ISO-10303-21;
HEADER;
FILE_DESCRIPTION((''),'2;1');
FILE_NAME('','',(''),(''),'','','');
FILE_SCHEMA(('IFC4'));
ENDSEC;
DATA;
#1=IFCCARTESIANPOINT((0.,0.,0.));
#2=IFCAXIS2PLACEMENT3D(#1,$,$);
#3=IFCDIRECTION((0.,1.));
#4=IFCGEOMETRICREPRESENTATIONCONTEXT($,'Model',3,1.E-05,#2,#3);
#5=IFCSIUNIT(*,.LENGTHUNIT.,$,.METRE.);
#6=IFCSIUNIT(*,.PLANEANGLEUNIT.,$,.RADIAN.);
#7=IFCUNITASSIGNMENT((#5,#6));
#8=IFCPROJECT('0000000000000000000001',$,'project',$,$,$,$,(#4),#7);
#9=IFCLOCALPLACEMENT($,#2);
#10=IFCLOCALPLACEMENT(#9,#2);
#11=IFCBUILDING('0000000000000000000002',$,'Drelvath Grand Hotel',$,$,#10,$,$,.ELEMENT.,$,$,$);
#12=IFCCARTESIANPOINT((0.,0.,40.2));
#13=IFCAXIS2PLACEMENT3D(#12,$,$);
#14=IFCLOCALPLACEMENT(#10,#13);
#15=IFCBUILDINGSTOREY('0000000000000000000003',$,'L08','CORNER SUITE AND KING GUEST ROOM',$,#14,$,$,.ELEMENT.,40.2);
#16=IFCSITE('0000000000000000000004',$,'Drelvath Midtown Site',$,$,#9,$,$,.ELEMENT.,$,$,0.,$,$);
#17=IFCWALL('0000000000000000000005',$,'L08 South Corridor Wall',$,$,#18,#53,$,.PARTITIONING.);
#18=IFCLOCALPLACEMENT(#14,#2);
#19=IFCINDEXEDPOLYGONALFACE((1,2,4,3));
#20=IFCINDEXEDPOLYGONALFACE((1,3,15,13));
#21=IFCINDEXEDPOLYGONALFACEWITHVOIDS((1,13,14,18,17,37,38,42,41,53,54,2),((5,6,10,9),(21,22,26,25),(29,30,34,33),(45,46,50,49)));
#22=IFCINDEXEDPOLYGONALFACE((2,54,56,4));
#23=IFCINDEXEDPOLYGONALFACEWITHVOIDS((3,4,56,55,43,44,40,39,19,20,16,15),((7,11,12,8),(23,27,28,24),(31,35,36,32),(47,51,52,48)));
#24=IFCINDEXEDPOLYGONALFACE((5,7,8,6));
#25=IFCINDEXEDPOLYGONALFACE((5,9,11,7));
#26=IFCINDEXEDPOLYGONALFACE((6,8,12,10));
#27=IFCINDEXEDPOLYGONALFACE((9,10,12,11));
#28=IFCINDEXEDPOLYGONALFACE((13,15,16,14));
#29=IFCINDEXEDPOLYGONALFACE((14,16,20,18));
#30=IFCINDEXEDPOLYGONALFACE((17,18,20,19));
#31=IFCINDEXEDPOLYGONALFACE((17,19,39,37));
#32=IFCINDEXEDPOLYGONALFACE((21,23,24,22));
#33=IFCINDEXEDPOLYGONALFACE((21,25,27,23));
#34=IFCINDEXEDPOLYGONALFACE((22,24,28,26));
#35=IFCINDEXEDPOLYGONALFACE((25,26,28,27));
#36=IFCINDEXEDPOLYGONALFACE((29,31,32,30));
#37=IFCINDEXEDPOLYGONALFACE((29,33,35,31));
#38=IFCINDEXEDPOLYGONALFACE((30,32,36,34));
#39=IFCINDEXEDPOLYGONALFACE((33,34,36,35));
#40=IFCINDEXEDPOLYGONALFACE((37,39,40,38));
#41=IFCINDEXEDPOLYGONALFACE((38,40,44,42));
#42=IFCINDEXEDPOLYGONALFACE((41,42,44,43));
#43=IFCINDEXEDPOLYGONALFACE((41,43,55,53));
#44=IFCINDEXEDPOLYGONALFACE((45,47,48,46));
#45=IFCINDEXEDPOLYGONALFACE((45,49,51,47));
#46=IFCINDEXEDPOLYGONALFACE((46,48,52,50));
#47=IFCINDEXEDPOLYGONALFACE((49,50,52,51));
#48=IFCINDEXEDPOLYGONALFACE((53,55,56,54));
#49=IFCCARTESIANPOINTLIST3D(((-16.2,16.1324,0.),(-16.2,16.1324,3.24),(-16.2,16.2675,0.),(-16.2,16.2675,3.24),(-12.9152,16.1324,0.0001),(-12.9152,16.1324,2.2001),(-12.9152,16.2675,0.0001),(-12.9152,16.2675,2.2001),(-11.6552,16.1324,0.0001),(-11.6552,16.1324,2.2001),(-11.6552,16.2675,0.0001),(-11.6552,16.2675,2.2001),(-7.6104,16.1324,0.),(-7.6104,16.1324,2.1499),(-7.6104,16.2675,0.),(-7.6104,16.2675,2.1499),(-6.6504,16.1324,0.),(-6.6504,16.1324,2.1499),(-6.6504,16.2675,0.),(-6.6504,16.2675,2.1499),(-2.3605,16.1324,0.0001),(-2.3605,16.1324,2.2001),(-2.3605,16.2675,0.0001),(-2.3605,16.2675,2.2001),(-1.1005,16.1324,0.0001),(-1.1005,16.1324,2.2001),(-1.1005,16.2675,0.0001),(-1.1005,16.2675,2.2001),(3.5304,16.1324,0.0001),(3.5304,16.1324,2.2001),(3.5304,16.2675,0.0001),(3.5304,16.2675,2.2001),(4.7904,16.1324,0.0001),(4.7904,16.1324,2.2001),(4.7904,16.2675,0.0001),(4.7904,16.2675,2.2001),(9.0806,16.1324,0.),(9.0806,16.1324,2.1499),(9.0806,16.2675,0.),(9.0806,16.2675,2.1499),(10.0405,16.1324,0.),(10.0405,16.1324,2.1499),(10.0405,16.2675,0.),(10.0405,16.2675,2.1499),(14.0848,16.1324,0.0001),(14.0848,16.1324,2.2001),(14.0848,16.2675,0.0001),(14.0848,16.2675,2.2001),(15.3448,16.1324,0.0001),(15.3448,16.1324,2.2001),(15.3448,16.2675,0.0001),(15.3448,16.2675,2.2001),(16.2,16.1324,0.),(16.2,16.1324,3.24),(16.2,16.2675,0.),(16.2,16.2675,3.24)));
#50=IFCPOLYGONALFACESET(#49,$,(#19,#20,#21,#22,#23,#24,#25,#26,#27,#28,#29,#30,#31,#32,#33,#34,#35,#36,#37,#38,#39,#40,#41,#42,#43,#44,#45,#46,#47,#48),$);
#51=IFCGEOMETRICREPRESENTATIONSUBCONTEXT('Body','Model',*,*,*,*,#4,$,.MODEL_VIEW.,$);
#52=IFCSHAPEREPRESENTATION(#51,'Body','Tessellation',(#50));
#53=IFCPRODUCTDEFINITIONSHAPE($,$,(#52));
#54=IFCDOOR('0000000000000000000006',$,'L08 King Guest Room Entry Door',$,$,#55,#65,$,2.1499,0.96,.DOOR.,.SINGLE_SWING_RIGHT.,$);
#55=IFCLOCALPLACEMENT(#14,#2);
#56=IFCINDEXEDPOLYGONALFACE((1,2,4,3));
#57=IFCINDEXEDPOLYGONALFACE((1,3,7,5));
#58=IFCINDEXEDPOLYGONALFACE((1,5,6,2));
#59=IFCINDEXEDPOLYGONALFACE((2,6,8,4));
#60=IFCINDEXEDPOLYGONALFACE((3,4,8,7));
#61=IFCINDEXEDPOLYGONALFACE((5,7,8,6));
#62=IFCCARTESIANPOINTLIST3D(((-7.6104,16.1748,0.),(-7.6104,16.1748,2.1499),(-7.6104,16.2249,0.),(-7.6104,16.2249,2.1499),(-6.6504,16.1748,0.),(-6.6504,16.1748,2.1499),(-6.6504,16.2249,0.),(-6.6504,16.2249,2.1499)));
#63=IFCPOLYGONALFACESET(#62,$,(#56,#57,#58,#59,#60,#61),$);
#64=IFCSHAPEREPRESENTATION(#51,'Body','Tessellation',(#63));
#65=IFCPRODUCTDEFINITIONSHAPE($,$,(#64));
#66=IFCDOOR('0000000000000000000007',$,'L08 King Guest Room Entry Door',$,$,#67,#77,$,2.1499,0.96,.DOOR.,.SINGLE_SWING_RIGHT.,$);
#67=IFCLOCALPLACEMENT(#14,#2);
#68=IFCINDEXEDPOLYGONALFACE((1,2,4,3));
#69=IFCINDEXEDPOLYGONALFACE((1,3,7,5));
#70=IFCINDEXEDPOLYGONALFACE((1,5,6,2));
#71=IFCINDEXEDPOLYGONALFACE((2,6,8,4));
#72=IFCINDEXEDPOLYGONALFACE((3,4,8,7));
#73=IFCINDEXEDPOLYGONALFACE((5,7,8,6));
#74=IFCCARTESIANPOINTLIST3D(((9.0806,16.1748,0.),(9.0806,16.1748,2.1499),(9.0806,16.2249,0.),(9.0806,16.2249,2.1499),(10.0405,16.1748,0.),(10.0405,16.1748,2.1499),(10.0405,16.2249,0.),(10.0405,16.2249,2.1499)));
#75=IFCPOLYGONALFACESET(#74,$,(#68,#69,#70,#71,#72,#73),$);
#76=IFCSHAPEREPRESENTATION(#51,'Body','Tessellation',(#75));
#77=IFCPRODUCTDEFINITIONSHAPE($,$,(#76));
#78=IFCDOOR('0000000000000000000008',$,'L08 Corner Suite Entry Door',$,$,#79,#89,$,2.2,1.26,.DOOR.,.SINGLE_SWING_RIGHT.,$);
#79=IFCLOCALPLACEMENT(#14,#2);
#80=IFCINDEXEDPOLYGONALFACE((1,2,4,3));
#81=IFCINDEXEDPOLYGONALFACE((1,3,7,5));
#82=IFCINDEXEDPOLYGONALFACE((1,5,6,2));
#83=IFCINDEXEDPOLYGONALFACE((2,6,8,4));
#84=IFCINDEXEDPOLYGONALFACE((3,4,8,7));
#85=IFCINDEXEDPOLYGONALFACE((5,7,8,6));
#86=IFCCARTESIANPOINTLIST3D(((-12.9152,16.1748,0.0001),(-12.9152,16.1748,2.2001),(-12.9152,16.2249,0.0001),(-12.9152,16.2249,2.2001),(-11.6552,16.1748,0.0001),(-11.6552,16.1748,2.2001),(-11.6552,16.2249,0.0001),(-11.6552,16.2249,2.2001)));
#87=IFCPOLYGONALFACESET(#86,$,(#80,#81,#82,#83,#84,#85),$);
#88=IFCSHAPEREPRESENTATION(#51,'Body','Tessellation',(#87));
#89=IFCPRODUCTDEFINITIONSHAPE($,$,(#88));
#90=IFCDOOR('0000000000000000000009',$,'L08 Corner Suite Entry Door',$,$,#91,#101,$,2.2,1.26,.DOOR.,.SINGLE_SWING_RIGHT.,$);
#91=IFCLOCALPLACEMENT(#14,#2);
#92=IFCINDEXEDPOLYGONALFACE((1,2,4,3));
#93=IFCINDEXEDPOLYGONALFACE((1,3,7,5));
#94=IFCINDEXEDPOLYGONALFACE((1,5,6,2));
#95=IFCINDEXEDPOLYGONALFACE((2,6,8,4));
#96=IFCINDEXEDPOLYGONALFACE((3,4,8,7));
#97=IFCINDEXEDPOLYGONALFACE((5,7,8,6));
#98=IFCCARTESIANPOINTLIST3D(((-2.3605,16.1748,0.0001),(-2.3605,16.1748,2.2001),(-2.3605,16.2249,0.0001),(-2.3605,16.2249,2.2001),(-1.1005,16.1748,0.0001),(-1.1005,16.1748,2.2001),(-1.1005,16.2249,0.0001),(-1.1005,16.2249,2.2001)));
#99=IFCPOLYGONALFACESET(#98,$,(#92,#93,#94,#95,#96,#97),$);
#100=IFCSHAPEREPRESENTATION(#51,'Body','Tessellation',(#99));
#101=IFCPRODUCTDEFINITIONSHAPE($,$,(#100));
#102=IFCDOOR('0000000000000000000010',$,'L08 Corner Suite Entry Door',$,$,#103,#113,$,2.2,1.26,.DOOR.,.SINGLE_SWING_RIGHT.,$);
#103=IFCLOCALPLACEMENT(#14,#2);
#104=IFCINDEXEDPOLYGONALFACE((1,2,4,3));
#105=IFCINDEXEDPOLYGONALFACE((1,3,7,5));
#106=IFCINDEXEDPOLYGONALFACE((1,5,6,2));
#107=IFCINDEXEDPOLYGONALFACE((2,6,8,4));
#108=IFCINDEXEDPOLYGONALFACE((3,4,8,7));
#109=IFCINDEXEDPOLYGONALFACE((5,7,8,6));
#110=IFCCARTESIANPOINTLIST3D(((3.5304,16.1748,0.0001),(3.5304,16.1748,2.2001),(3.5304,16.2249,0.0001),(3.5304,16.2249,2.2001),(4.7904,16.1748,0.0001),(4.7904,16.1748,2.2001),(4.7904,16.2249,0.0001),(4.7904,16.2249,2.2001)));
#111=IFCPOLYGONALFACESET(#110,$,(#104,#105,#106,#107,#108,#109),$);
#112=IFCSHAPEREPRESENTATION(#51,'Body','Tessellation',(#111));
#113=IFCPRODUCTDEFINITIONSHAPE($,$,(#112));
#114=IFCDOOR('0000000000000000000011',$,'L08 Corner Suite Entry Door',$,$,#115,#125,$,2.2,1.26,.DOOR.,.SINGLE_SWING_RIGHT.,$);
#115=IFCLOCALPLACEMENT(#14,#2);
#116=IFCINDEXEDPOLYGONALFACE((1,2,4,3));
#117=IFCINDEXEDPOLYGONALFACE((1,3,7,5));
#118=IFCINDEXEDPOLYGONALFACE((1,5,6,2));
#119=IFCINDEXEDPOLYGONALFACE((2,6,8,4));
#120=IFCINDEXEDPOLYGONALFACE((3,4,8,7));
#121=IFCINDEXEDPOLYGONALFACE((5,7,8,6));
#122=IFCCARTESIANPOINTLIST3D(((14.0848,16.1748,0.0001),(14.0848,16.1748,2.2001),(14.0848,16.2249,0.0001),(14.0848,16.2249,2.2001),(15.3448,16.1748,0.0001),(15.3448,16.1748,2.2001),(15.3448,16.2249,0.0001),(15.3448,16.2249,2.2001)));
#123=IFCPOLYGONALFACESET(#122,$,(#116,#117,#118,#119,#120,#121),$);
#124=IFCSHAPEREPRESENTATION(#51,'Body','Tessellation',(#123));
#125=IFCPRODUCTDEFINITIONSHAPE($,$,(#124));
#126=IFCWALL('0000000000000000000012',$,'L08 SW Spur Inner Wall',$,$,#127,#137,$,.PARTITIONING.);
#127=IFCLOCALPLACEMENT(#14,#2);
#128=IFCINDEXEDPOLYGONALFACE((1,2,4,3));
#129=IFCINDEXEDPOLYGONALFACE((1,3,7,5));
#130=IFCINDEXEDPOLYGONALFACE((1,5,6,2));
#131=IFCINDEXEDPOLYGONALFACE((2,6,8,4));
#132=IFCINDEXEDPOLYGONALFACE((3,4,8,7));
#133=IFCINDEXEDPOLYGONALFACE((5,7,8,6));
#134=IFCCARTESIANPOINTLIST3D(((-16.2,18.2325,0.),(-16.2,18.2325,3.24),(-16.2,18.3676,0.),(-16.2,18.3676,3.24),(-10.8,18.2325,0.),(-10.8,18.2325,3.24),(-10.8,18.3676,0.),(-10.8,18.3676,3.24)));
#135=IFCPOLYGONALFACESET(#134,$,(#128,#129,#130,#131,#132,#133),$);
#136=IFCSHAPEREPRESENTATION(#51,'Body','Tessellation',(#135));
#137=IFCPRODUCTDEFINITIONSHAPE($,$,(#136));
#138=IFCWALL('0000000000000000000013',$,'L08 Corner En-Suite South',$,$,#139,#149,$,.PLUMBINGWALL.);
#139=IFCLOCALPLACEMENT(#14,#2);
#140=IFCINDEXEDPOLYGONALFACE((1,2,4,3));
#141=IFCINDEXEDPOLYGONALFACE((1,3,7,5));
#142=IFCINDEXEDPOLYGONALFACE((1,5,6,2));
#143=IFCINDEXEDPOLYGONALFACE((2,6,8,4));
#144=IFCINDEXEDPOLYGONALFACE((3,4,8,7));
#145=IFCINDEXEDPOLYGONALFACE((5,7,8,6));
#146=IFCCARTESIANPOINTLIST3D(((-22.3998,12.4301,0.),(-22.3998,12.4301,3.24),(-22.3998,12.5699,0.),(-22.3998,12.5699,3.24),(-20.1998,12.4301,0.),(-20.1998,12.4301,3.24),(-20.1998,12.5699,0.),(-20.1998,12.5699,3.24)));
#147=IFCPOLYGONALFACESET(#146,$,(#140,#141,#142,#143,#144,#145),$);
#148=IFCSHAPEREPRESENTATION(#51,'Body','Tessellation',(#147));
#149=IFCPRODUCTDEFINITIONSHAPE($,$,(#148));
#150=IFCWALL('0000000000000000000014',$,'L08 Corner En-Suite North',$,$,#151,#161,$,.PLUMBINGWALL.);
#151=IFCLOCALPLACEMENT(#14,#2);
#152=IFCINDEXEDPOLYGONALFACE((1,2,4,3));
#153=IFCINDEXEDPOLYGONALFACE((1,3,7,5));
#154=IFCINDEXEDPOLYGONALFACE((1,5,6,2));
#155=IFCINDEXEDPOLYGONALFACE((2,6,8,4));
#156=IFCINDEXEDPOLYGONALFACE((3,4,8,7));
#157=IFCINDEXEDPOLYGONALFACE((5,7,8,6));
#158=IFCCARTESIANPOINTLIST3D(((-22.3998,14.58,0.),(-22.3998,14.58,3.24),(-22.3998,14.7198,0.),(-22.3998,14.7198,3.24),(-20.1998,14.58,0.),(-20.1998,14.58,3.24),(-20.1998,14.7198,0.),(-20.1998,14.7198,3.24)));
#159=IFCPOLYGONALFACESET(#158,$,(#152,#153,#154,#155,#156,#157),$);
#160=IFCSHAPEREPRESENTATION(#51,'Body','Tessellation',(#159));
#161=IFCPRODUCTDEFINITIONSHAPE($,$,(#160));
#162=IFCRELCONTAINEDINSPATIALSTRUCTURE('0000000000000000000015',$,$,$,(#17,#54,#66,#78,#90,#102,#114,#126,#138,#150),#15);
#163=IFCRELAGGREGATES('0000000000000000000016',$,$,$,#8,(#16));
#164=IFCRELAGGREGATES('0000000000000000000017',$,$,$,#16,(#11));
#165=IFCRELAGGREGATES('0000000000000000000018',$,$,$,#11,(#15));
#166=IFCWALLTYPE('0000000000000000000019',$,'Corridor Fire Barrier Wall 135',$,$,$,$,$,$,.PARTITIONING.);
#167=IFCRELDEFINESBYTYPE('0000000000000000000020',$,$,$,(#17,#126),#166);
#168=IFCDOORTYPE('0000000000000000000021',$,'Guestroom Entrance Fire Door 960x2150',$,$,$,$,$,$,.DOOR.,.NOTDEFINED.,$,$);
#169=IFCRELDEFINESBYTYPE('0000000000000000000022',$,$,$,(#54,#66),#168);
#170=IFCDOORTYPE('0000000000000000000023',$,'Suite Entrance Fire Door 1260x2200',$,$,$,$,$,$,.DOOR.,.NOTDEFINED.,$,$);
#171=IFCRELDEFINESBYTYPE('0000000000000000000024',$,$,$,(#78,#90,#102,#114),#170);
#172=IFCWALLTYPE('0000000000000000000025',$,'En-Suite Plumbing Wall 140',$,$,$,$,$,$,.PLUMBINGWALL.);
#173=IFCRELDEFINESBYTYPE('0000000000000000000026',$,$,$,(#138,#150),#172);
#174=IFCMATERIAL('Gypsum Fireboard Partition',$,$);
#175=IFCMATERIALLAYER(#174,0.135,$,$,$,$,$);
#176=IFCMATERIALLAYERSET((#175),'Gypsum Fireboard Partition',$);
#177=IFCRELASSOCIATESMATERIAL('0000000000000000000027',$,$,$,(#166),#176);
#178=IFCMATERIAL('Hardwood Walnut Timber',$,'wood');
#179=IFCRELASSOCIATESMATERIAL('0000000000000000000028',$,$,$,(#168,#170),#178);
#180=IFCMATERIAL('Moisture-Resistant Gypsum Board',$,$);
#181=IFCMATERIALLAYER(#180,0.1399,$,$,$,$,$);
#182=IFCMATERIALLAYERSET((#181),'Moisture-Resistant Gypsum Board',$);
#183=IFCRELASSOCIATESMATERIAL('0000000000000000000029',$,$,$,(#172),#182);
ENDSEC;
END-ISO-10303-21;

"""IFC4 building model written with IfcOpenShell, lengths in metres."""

from ifc_helpers import new_model, si_unit, direction, frame, frame_2d, origin, place, context, subcontext, project, spatial, rectangle, extrude, material, layer, layer_set, type_object, element, fill, save


model = new_model("IFC4")

# Units and contexts
model_context = context("Model", 3, precision=1e-05, world=origin(), true_north=direction((0.0, 1.0)))
body_context = subcontext(model_context, "Body", "Model", "MODEL_VIEW")
ifc_project = project(units=[si_unit("LENGTHUNIT", "METRE"), si_unit("PLANEANGLEUNIT", "RADIAN")], contexts=[model_context])

# Site, building, storey
site_placement = place(None, origin())
site = spatial("IfcSite", under=ifc_project, at=site_placement, Name="Drelvath Midtown Site", CompositionType="ELEMENT", RefElevation=0.0)
building_placement = place(site_placement, origin())
building = spatial("IfcBuilding", under=site, at=building_placement, Name="Drelvath Grand Hotel", CompositionType="ELEMENT")
storey_placement = place(building_placement, frame((0.0, 0.0, 40.2)))
storey = spatial("IfcBuildingStorey", under=building, at=storey_placement, Name="L08", Description="CORNER SUITE AND KING GUEST ROOM", CompositionType="ELEMENT", Elevation=40.2)

# Wall, openings, doors
ifc_material_1 = material(Name="Gypsum Fireboard Partition")
ifc_layer_1 = layer(ifc_material_1, 0.135)
ifc_layer_set_1 = layer_set([ifc_layer_1], Name="Gypsum Fireboard Partition")
wall_type_1 = type_object("IfcWallType", Name="Corridor Fire Barrier Wall 135", PredefinedType="PARTITIONING", material=ifc_layer_set_1)
wall_1_placement = place(storey_placement, frame((-16.2, 16.2, 0.0), z_axis=(0.0, 0.0, 1.0), x_axis=(1.0, 0.0, 0.0)))
wall_1 = element("IfcWall", 1, at=wall_1_placement, inside=storey, type_object=wall_type_1, Name="L08 South Corridor Wall", PredefinedType="PARTITIONING", context=body_context, shape_type="SweptSolid", body=[
    extrude(rectangle(XDim=32.3999, YDim=0.135, at=frame_2d((16.2, 0.0))), origin(), (0.0, 0.0, 1.0), 3.24),
])
opening_1_placement = place(wall_1_placement, frame((3.2849, 0.0, 0.0)))
opening_1 = element("IfcOpeningElement", 2, at=opening_1_placement, cuts=wall_1, PredefinedType="OPENING", context=body_context, shape_type="SweptSolid", body=[
    extrude(rectangle(XDim=1.26, YDim=2.2, at=frame_2d((0.6299, 1.1001))), frame((0.0, 0.0774, 0.0), z_axis=(0.0, -1.0, 0.0), x_axis=(1.0, 0.0, 0.0)), (0.0, 0.0, 1.0), 0.155),
])
opening_2_placement = place(wall_1_placement, frame((8.5896, 0.0, 0.0)))
opening_2 = element("IfcOpeningElement", 3, at=opening_2_placement, cuts=wall_1, PredefinedType="OPENING", context=body_context, shape_type="SweptSolid", body=[
    extrude(rectangle(XDim=0.96, YDim=2.1499, at=frame_2d((0.48, 1.075))), frame((0.0, 0.0774, 0.0), z_axis=(0.0, -1.0, 0.0), x_axis=(1.0, 0.0, 0.0)), (0.0, 0.0, 1.0), 0.155),
])
opening_3_placement = place(wall_1_placement, frame((13.8396, 0.0, 0.0)))
opening_3 = element("IfcOpeningElement", 4, at=opening_3_placement, cuts=wall_1, PredefinedType="OPENING", context=body_context, shape_type="SweptSolid", body=[
    extrude(rectangle(XDim=1.26, YDim=2.2, at=frame_2d((0.6299, 1.1001))), frame((0.0, 0.0774, 0.0), z_axis=(0.0, -1.0, 0.0), x_axis=(1.0, 0.0, 0.0)), (0.0, 0.0, 1.0), 0.155),
])
opening_4_placement = place(wall_1_placement, frame((19.7305, 0.0, 0.0)))
opening_4 = element("IfcOpeningElement", 5, at=opening_4_placement, cuts=wall_1, PredefinedType="OPENING", context=body_context, shape_type="SweptSolid", body=[
    extrude(rectangle(XDim=1.26, YDim=2.2, at=frame_2d((0.6299, 1.1001))), frame((0.0, 0.0774, 0.0), z_axis=(0.0, -1.0, 0.0), x_axis=(1.0, 0.0, 0.0)), (0.0, 0.0, 1.0), 0.155),
])
opening_5_placement = place(wall_1_placement, frame((25.2805, 0.0, 0.0)))
opening_5 = element("IfcOpeningElement", 6, at=opening_5_placement, cuts=wall_1, PredefinedType="OPENING", context=body_context, shape_type="SweptSolid", body=[
    extrude(rectangle(XDim=0.96, YDim=2.1499, at=frame_2d((0.48, 1.075))), frame((0.0, 0.0774, 0.0), z_axis=(0.0, -1.0, 0.0), x_axis=(1.0, 0.0, 0.0)), (0.0, 0.0, 1.0), 0.155),
])
opening_6_placement = place(wall_1_placement, frame((30.2849, 0.0, 0.0)))
opening_6 = element("IfcOpeningElement", 7, at=opening_6_placement, cuts=wall_1, PredefinedType="OPENING", context=body_context, shape_type="SweptSolid", body=[
    extrude(rectangle(XDim=1.26, YDim=2.2, at=frame_2d((0.6299, 1.1001))), frame((0.0, 0.0774, 0.0), z_axis=(0.0, -1.0, 0.0), x_axis=(1.0, 0.0, 0.0)), (0.0, 0.0, 1.0), 0.155),
])
ifc_material_2 = material(Name="Hardwood Walnut Timber", Category="wood")
door_type_1 = type_object("IfcDoorType", Name="Guestroom Entrance Fire Door 960x2150", OperationType="NOTDEFINED", PredefinedType="DOOR", material=ifc_material_2)
door_1_placement = place(opening_2_placement, origin())
door_1 = element("IfcDoor", 8, at=door_1_placement, inside=storey, type_object=door_type_1, Name="L08 King Guest Room Entry Door", OperationType="SINGLE_SWING_RIGHT", OverallHeight=2.1499, OverallWidth=0.96, PredefinedType="DOOR", context=body_context, shape_type="SweptSolid", body=[
    extrude(rectangle(XDim=0.96, YDim=2.1499, at=frame_2d((0.48, 1.075))), frame((0.0, 0.0249, 0.0), z_axis=(0.0, -1.0, 0.0), x_axis=(1.0, 0.0, 0.0)), (0.0, 0.0, 1.0), 0.05),
])
fill(opening_2, door_1)
door_2_placement = place(opening_5_placement, origin())
door_2 = element("IfcDoor", 9, at=door_2_placement, inside=storey, type_object=door_type_1, Name="L08 King Guest Room Entry Door", OperationType="SINGLE_SWING_RIGHT", OverallHeight=2.1499, OverallWidth=0.96, PredefinedType="DOOR", context=body_context, shape_type="SweptSolid", body=[
    extrude(rectangle(XDim=0.96, YDim=2.1499, at=frame_2d((0.48, 1.075))), frame((0.0, 0.0249, 0.0), z_axis=(0.0, -1.0, 0.0), x_axis=(1.0, 0.0, 0.0)), (0.0, 0.0, 1.0), 0.05),
])
fill(opening_5, door_2)
door_type_2 = type_object("IfcDoorType", Name="Suite Entrance Fire Door 1260x2200", OperationType="NOTDEFINED", PredefinedType="DOOR", material=ifc_material_2)
door_3_placement = place(opening_1_placement, origin())
door_3 = element("IfcDoor", 10, at=door_3_placement, inside=storey, type_object=door_type_2, Name="L08 Corner Suite Entry Door", OperationType="SINGLE_SWING_RIGHT", OverallHeight=2.2, OverallWidth=1.26, PredefinedType="DOOR", context=body_context, shape_type="SweptSolid", body=[
    extrude(rectangle(XDim=1.26, YDim=2.2, at=frame_2d((0.6299, 1.1001))), frame((0.0, 0.0249, 0.0), z_axis=(0.0, -1.0, 0.0), x_axis=(1.0, 0.0, 0.0)), (0.0, 0.0, 1.0), 0.05),
])
fill(opening_1, door_3)
door_4_placement = place(opening_3_placement, origin())
door_4 = element("IfcDoor", 11, at=door_4_placement, inside=storey, type_object=door_type_2, Name="L08 Corner Suite Entry Door", OperationType="SINGLE_SWING_RIGHT", OverallHeight=2.2, OverallWidth=1.26, PredefinedType="DOOR", context=body_context, shape_type="SweptSolid", body=[
    extrude(rectangle(XDim=1.26, YDim=2.2, at=frame_2d((0.6299, 1.1001))), frame((0.0, 0.0249, 0.0), z_axis=(0.0, -1.0, 0.0), x_axis=(1.0, 0.0, 0.0)), (0.0, 0.0, 1.0), 0.05),
])
fill(opening_3, door_4)
door_5_placement = place(opening_4_placement, origin())
door_5 = element("IfcDoor", 12, at=door_5_placement, inside=storey, type_object=door_type_2, Name="L08 Corner Suite Entry Door", OperationType="SINGLE_SWING_RIGHT", OverallHeight=2.2, OverallWidth=1.26, PredefinedType="DOOR", context=body_context, shape_type="SweptSolid", body=[
    extrude(rectangle(XDim=1.26, YDim=2.2, at=frame_2d((0.6299, 1.1001))), frame((0.0, 0.0249, 0.0), z_axis=(0.0, -1.0, 0.0), x_axis=(1.0, 0.0, 0.0)), (0.0, 0.0, 1.0), 0.05),
])
fill(opening_4, door_5)
door_6_placement = place(opening_6_placement, origin())
door_6 = element("IfcDoor", 13, at=door_6_placement, inside=storey, type_object=door_type_2, Name="L08 Corner Suite Entry Door", OperationType="SINGLE_SWING_RIGHT", OverallHeight=2.2, OverallWidth=1.26, PredefinedType="DOOR", context=body_context, shape_type="SweptSolid", body=[
    extrude(rectangle(XDim=1.26, YDim=2.2, at=frame_2d((0.6299, 1.1001))), frame((0.0, 0.0249, 0.0), z_axis=(0.0, -1.0, 0.0), x_axis=(1.0, 0.0, 0.0)), (0.0, 0.0, 1.0), 0.05),
])
fill(opening_6, door_6)

# Wall
wall_2_placement = place(storey_placement, frame((-16.2, 18.3, 0.0), z_axis=(0.0, 0.0, 1.0), x_axis=(1.0, 0.0, 0.0)))
element("IfcWall", 14, at=wall_2_placement, inside=storey, type_object=wall_type_1, Name="L08 SW Spur Inner Wall", PredefinedType="PARTITIONING", context=body_context, shape_type="SweptSolid", body=[
    extrude(rectangle(XDim=5.3999, YDim=0.135, at=frame_2d((2.7, 0.0))), origin(), (0.0, 0.0, 1.0), 3.24),
])

# Walls
ifc_material_3 = material(Name="Moisture-Resistant Gypsum Board")
ifc_layer_2 = layer(ifc_material_3, 0.1399)
ifc_layer_set_2 = layer_set([ifc_layer_2], Name="Moisture-Resistant Gypsum Board")
wall_type_2 = type_object("IfcWallType", Name="En-Suite Plumbing Wall 140", PredefinedType="PLUMBINGWALL", material=ifc_layer_set_2)
for number, where, z_axis, x_axis, name in (
    (15, (-22.3999, 12.5, 0.0), (0.0, 0.0, 1.0), (1.0, 0.0, 0.0), "L08 Corner En-Suite South"),
    (16, (-22.3999, 14.6499, 0.0), (0.0, 0.0, 1.0), (1.0, 0.0, 0.0), "L08 Corner En-Suite North"),
):
    element("IfcWall", number, at=place(storey_placement, frame(where, z_axis=z_axis, x_axis=x_axis)), inside=storey, type_object=wall_type_2, Name=name, PredefinedType="PLUMBINGWALL", context=body_context, shape_type="SweptSolid", body=[
        extrude(rectangle(XDim=2.2, YDim=0.1399, at=frame_2d((1.1001, 0.0))), origin(), (0.0, 0.0, 1.0), 3.24),
    ])

save(model, "model.ifc")
